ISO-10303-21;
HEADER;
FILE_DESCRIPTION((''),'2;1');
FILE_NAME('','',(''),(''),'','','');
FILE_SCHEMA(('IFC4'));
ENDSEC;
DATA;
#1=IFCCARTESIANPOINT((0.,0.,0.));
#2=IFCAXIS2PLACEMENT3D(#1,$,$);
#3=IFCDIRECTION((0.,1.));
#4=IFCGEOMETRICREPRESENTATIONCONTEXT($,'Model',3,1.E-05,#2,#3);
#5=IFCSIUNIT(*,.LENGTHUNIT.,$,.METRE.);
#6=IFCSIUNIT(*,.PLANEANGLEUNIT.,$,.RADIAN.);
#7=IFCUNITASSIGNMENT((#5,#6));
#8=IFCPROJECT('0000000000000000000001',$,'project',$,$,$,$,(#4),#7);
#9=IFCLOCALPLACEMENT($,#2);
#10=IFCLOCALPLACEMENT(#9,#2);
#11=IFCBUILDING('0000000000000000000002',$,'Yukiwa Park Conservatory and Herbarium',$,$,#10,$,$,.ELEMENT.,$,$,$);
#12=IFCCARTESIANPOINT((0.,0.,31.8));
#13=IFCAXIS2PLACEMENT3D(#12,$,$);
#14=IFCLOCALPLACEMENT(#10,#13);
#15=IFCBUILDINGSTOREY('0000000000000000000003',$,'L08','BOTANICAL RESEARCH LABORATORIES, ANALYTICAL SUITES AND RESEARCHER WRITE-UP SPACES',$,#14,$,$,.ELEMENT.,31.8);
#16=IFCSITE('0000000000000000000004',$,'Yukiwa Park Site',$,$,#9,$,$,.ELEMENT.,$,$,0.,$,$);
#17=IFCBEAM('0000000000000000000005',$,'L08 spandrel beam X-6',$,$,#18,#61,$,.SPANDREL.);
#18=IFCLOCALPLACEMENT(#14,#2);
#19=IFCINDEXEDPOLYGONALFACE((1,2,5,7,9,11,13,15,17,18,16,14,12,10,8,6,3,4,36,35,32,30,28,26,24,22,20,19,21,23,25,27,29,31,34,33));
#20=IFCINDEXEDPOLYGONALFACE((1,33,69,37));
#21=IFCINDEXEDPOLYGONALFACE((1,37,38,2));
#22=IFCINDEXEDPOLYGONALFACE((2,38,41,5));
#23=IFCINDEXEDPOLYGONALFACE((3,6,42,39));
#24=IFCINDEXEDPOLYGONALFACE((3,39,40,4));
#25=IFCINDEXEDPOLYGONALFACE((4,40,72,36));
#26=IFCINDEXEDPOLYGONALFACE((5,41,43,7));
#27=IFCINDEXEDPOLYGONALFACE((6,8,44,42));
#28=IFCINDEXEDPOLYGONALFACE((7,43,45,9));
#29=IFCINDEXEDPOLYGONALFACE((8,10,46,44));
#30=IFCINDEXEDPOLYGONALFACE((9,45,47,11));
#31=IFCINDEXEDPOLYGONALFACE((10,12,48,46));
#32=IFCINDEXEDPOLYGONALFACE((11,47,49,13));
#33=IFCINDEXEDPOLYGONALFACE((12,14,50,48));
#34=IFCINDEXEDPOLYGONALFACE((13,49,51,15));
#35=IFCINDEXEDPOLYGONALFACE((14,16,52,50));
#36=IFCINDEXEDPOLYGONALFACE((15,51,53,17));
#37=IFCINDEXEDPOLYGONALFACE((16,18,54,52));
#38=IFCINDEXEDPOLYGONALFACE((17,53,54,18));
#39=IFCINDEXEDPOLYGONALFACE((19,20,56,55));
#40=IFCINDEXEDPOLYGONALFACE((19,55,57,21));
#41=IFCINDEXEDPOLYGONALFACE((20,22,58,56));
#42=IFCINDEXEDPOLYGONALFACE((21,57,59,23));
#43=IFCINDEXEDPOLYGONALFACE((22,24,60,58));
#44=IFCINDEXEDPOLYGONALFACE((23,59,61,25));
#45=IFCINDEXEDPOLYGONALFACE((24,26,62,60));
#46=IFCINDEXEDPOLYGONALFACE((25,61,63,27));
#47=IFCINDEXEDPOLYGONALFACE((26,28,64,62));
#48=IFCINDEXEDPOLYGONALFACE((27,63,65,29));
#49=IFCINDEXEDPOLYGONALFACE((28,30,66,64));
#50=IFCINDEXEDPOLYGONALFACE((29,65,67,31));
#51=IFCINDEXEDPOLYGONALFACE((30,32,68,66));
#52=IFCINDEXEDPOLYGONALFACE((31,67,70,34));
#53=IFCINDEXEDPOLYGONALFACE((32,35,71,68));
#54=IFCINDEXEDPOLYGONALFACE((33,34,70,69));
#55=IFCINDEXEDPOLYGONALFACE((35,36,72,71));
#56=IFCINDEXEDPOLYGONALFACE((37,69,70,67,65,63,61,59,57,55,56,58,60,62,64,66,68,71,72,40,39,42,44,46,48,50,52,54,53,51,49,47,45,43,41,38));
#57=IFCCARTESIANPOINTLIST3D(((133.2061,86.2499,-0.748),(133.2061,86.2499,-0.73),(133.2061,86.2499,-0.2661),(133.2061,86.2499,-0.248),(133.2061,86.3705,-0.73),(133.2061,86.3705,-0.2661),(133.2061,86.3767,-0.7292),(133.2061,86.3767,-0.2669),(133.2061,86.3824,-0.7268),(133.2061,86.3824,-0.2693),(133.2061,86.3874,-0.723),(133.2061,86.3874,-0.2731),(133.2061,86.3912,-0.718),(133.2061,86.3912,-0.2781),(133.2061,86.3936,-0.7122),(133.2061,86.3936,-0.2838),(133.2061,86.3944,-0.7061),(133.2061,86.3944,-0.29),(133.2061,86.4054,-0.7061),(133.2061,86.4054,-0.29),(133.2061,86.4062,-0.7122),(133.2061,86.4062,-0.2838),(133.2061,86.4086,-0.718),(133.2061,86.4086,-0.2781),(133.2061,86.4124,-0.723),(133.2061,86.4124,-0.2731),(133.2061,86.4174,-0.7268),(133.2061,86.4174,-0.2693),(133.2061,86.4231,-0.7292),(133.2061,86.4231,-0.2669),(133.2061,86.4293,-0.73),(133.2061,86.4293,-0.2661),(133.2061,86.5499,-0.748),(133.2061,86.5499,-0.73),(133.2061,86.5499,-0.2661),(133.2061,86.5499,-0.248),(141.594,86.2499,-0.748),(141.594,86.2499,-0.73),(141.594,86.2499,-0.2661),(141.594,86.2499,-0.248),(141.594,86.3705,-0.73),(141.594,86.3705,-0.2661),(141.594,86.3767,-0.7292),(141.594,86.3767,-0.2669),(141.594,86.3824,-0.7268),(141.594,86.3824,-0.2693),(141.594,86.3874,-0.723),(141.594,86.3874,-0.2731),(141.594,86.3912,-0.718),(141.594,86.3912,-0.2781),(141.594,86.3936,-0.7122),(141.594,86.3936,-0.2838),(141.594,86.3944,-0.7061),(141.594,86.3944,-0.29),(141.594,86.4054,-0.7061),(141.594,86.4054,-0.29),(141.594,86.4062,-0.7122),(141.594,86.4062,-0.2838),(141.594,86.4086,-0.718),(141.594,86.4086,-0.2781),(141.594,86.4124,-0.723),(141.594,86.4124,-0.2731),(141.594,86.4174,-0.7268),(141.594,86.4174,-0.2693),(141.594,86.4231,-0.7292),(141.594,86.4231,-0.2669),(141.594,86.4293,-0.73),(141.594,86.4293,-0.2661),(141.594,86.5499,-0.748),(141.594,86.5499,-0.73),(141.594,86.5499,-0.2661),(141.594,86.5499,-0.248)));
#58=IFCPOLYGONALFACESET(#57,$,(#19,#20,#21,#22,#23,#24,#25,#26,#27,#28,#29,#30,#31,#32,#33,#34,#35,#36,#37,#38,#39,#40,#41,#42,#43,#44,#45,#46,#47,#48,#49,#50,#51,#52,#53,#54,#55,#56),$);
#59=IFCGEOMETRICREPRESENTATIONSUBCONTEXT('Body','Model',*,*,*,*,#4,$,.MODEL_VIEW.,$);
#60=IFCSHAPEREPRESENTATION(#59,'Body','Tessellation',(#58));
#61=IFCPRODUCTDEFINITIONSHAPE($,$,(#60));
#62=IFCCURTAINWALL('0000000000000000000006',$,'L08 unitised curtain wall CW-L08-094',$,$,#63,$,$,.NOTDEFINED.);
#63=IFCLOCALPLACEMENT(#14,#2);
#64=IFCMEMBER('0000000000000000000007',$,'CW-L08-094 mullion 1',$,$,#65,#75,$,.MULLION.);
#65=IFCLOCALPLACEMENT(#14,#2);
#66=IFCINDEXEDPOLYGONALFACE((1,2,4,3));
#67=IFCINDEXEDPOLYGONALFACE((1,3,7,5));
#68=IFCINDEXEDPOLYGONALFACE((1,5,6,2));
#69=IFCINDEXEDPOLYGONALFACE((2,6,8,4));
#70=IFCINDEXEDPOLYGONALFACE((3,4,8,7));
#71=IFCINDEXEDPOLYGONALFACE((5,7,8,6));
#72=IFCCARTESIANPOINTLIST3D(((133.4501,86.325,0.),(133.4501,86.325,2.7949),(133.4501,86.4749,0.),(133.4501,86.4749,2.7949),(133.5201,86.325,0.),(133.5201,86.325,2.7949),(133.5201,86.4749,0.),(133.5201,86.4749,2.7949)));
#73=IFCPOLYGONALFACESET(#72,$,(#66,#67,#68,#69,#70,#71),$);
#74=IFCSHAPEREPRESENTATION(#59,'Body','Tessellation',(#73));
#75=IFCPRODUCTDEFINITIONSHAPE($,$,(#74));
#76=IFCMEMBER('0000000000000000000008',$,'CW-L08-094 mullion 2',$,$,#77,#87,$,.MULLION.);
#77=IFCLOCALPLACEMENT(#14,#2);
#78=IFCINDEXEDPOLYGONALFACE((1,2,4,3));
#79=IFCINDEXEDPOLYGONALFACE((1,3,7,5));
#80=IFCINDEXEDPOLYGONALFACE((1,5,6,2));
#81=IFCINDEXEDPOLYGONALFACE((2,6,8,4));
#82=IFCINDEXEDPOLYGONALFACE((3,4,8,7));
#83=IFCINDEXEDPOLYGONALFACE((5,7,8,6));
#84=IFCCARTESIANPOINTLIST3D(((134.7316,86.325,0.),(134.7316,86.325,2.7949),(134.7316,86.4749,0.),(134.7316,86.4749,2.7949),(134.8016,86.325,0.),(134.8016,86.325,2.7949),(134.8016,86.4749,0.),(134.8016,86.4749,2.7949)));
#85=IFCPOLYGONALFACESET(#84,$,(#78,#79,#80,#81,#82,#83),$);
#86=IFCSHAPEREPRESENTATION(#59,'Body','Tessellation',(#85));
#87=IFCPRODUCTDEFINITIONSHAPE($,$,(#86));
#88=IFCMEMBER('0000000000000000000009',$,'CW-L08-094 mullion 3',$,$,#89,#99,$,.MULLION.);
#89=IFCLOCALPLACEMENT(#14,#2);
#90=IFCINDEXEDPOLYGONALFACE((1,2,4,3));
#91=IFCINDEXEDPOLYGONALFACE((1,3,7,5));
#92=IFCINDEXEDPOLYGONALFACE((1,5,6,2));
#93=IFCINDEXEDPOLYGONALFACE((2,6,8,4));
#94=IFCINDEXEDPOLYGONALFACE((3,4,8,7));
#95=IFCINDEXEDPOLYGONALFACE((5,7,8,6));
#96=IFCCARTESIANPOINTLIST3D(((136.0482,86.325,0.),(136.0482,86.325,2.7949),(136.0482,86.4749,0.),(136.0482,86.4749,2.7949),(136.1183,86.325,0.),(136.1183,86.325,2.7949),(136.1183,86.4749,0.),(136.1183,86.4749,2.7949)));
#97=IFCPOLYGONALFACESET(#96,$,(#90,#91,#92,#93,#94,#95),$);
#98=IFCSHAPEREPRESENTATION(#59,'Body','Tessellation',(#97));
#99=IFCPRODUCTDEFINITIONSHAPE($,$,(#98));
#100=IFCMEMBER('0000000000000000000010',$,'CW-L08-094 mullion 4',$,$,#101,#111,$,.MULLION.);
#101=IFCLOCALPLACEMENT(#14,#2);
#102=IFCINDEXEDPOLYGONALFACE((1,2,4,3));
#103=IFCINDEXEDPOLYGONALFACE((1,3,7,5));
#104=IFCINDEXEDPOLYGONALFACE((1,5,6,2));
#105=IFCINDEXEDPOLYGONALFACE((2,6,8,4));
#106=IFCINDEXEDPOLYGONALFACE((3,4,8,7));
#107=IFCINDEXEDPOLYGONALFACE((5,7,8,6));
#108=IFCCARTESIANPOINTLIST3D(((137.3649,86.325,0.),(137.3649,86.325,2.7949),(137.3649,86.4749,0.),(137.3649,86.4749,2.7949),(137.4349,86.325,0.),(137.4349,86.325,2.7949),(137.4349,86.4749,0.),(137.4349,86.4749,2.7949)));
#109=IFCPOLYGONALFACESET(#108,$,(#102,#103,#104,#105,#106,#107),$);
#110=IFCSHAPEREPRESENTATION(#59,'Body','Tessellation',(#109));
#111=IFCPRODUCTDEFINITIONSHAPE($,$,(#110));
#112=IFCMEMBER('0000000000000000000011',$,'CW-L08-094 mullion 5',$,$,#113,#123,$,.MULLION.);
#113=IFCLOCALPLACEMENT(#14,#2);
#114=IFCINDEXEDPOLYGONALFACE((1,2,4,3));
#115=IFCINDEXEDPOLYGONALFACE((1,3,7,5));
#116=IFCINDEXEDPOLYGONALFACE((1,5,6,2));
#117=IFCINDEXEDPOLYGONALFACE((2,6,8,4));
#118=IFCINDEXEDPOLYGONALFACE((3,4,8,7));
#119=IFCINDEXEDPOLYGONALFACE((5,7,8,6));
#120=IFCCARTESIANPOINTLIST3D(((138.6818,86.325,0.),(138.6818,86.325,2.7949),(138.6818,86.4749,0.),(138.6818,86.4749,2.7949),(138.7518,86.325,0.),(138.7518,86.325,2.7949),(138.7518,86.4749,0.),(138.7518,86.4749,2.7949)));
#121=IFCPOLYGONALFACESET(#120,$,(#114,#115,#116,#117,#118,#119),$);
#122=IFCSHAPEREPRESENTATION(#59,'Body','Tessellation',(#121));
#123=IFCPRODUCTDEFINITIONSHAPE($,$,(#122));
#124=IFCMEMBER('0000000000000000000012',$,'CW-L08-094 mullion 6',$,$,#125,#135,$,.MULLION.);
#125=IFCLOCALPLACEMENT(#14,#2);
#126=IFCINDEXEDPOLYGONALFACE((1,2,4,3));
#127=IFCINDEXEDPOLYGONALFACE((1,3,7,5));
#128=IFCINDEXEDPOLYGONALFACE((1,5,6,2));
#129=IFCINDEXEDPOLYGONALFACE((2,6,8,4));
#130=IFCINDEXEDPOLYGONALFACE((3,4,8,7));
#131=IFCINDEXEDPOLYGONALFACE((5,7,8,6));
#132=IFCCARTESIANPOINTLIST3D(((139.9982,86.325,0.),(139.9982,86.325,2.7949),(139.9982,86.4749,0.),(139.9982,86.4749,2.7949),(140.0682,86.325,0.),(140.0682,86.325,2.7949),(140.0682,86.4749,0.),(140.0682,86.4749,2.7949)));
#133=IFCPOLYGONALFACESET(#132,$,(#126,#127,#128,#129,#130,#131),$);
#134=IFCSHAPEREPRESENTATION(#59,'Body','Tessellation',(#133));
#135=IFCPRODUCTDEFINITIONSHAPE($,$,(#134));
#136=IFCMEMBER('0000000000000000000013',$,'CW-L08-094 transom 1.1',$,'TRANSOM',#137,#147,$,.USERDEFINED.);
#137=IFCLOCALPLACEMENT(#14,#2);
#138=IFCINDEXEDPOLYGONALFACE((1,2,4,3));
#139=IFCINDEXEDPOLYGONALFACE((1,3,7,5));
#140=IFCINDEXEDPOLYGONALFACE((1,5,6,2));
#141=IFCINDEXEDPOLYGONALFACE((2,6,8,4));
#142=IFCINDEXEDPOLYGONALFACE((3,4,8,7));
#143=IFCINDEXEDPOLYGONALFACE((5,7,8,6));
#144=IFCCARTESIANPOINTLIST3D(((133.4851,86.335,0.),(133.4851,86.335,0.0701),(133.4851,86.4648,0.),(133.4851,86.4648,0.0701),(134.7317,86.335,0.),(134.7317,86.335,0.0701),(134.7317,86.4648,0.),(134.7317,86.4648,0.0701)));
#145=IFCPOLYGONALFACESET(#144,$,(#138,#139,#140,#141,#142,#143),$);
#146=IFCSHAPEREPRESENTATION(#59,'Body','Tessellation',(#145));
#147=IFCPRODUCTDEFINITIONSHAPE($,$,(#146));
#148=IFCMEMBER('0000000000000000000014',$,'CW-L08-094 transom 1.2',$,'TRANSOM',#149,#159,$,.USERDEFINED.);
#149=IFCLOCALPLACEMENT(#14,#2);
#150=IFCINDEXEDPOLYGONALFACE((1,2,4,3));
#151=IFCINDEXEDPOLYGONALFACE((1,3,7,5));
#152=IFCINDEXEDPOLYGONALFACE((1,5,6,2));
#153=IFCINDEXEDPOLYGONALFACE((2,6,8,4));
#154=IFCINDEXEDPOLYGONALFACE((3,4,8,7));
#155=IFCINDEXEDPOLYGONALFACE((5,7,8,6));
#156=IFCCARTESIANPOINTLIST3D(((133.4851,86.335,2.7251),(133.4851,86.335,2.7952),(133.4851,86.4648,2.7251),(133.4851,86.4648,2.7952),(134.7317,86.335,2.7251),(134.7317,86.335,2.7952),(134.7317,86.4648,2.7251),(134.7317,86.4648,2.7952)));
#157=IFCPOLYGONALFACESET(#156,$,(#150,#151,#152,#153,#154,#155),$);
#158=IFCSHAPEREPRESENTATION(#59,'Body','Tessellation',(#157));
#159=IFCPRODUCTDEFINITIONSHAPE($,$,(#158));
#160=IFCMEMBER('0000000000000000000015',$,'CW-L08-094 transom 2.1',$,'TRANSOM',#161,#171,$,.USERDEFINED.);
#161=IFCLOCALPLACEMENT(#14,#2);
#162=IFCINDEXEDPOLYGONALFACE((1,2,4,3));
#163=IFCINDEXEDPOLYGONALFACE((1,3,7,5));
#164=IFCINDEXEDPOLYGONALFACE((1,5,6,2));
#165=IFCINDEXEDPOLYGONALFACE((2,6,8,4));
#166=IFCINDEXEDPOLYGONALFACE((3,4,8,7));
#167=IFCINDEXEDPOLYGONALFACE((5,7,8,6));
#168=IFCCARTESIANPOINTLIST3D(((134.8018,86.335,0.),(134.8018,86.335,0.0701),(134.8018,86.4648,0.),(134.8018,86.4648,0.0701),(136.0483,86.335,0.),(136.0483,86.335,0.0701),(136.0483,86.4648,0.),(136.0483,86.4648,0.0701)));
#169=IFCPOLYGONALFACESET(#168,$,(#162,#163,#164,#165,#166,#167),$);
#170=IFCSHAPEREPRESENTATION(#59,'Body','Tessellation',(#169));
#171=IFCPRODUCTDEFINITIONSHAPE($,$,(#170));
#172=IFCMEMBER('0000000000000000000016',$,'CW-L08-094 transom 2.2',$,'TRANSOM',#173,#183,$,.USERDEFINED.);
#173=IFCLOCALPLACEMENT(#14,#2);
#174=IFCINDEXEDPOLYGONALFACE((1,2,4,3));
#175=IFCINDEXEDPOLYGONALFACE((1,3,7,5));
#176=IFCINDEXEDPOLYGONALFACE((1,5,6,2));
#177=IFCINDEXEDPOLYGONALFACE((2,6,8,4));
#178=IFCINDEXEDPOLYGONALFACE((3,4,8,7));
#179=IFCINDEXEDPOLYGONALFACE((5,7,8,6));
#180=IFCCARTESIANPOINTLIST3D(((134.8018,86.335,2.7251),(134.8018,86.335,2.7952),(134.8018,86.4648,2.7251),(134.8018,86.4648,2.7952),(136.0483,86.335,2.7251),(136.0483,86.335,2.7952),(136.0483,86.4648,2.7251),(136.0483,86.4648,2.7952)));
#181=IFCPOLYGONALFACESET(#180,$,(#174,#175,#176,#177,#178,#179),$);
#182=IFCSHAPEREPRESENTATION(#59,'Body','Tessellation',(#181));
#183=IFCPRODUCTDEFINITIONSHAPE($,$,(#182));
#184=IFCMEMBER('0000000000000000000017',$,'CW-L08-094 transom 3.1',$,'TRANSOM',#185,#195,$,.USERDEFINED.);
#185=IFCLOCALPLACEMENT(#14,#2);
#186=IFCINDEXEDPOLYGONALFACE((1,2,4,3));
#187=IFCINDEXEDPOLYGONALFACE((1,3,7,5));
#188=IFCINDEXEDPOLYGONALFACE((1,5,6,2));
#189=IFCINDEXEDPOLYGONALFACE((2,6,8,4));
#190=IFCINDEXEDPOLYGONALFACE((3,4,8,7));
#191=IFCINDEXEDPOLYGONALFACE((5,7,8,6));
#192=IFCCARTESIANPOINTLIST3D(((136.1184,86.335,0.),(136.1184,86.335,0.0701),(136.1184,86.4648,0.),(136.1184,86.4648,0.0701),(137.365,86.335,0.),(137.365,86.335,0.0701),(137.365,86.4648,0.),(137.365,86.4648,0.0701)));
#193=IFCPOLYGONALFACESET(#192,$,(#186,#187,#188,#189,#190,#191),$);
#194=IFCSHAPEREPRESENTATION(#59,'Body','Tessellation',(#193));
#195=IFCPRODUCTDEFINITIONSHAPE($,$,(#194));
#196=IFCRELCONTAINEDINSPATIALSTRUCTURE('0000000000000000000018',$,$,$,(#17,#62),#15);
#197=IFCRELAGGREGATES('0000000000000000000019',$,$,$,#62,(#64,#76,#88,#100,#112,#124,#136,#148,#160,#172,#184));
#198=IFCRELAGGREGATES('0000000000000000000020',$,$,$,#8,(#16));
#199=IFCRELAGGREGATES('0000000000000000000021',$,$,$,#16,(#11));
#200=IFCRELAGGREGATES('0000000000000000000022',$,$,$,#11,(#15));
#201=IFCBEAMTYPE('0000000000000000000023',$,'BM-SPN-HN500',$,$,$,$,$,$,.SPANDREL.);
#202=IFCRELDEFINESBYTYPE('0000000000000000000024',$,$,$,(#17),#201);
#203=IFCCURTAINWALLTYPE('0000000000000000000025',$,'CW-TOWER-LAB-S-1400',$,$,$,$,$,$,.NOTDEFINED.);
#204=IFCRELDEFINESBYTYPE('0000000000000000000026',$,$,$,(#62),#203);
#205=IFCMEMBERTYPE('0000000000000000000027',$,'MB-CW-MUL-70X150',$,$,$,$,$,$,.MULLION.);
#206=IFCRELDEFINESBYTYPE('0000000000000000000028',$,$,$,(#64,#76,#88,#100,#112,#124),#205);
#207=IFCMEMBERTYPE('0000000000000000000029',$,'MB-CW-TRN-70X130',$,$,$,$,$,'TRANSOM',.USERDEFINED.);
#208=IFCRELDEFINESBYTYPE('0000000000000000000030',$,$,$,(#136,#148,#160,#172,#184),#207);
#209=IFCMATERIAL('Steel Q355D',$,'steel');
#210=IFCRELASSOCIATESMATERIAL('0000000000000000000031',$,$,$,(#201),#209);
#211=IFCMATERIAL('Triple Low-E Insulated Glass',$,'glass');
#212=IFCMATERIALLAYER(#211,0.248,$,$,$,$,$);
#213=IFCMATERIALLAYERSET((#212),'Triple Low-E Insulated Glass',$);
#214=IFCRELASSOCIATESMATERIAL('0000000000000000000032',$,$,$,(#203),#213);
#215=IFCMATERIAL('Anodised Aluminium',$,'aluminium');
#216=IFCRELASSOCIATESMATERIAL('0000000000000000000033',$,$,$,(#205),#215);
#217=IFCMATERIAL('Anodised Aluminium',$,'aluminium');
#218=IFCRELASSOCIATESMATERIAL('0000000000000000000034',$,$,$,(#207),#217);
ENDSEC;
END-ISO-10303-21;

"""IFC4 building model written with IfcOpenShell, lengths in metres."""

from ifc_helpers import new_model, si_unit, direction, frame, origin, origin_2d, place, context, subcontext, project, spatial, rectangle, i_section, extrude, material, layer, layer_set, material_profile, profile_set, type_object, element, aggregate, save


model = new_model("IFC4")

# Units and contexts
model_context = context("Model", 3, precision=1e-05, world=origin(), true_north=direction((0.0, 1.0)))
body_context = subcontext(model_context, "Body", "Model", "MODEL_VIEW")
ifc_project = project(units=[si_unit("LENGTHUNIT", "METRE"), si_unit("PLANEANGLEUNIT", "RADIAN")], contexts=[model_context])

# Site, building, storey
site_placement = place(None, origin())
site = spatial("IfcSite", under=ifc_project, at=site_placement, Name="Yukiwa Park Site", CompositionType="ELEMENT", RefElevation=0.0)
building_placement = place(site_placement, origin())
building = spatial("IfcBuilding", under=site, at=building_placement, Name="Yukiwa Park Conservatory and Herbarium", CompositionType="ELEMENT")
storey_placement = place(building_placement, frame((0.0, 0.0, 31.8)))
storey = spatial("IfcBuildingStorey", under=building, at=storey_placement, Name="L08", Description="BOTANICAL RESEARCH LABORATORIES, ANALYTICAL SUITES AND RESEARCHER WRITE-UP SPACES", CompositionType="ELEMENT", Elevation=31.8)

# Beam
ifc_material_1 = material(Name="Steel Q355D", Category="steel")
ifc_material_profile = material_profile(ifc_material_1, i_section(OverallWidth=0.3, OverallDepth=0.5, WebThickness=0.011, FlangeThickness=0.0181, FilletRadius=0.0239, at=origin_2d()), Name="HM 500x300x11x18")
ifc_profile_set = profile_set([ifc_material_profile], Name="Steel Q355D")
beam_type = type_object("IfcBeamType", Name="BM-SPN-HN500", PredefinedType="SPANDREL", material=ifc_profile_set)
beam_placement = place(storey_placement, frame((133.2061, 86.3999, -0.498), z_axis=(1.0, 0.0, 0.0), x_axis=(0.0, 1.0, 0.0)))
element("IfcBeam", 1, at=beam_placement, inside=storey, type_object=beam_type, Name="L08 spandrel beam X-6", PredefinedType="SPANDREL", context=body_context, shape_type="SweptSolid", body=[
    extrude(i_section(OverallWidth=0.3, OverallDepth=0.5, WebThickness=0.011, FlangeThickness=0.0181, FilletRadius=0.0239, at=origin_2d()), origin(), (0.0, 0.0, 1.0), 8.3879),
])

# Curtain wall, members
ifc_material_2 = material(Name="Triple Low-E Insulated Glass", Category="glass")
ifc_layer_1 = layer(ifc_material_2, 0.248)
ifc_layer_set_1 = layer_set([ifc_layer_1], Name="Triple Low-E Insulated Glass")
curtain_wall_type = type_object("IfcCurtainWallType", Name="CW-TOWER-LAB-S-1400", PredefinedType="NOTDEFINED", material=ifc_layer_set_1)
curtain_wall_placement = place(storey_placement, origin())
curtain_wall = element("IfcCurtainWall", 2, at=curtain_wall_placement, inside=storey, type_object=curtain_wall_type, Name="L08 unitised curtain wall CW-L08-094", PredefinedType="NOTDEFINED")
ifc_material_3 = material(Name="Anodised Aluminium", Category="aluminium")
member_type_1 = type_object("IfcMemberType", Name="MB-CW-MUL-70X150", PredefinedType="MULLION", material=ifc_material_3)
member_1_placement = place(storey_placement, frame((133.4851, 86.3999, 0.0), z_axis=(0.0, 0.0, 1.0), x_axis=(1.0, 0.0, 0.0)))
member_1 = element("IfcMember", 3, at=member_1_placement, type_object=member_type_1, Name="CW-L08-094 mullion 1", PredefinedType="MULLION", context=body_context, shape_type="SweptSolid", body=[
    extrude(rectangle(XDim=0.0701, YDim=0.1499, at=origin_2d()), origin(), (0.0, 0.0, 1.0), 2.7949),
])
member_2_placement = place(storey_placement, frame((134.7666, 86.3999, 0.0), z_axis=(0.0, 0.0, 1.0), x_axis=(1.0, 0.0, 0.0)))
member_2 = element("IfcMember", 4, at=member_2_placement, type_object=member_type_1, Name="CW-L08-094 mullion 2", PredefinedType="MULLION", context=body_context, shape_type="SweptSolid", body=[
    extrude(rectangle(XDim=0.0701, YDim=0.1499, at=origin_2d()), origin(), (0.0, 0.0, 1.0), 2.7949),
])
member_3_placement = place(storey_placement, frame((136.0833, 86.3999, 0.0), z_axis=(0.0, 0.0, 1.0), x_axis=(1.0, 0.0, 0.0)))
member_3 = element("IfcMember", 5, at=member_3_placement, type_object=member_type_1, Name="CW-L08-094 mullion 3", PredefinedType="MULLION", context=body_context, shape_type="SweptSolid", body=[
    extrude(rectangle(XDim=0.0701, YDim=0.1499, at=origin_2d()), origin(), (0.0, 0.0, 1.0), 2.7949),
])
member_4_placement = place(storey_placement, frame((137.3999, 86.3999, 0.0), z_axis=(0.0, 0.0, 1.0), x_axis=(1.0, 0.0, 0.0)))
member_4 = element("IfcMember", 6, at=member_4_placement, type_object=member_type_1, Name="CW-L08-094 mullion 4", PredefinedType="MULLION", context=body_context, shape_type="SweptSolid", body=[
    extrude(rectangle(XDim=0.0701, YDim=0.1499, at=origin_2d()), origin(), (0.0, 0.0, 1.0), 2.7949),
])
member_5_placement = place(storey_placement, frame((138.7168, 86.3999, 0.0), z_axis=(0.0, 0.0, 1.0), x_axis=(1.0, 0.0, 0.0)))
member_5 = element("IfcMember", 7, at=member_5_placement, type_object=member_type_1, Name="CW-L08-094 mullion 5", PredefinedType="MULLION", context=body_context, shape_type="SweptSolid", body=[
    extrude(rectangle(XDim=0.0701, YDim=0.1499, at=origin_2d()), origin(), (0.0, 0.0, 1.0), 2.7949),
])
member_6_placement = place(storey_placement, frame((140.0332, 86.3999, 0.0), z_axis=(0.0, 0.0, 1.0), x_axis=(1.0, 0.0, 0.0)))
member_6 = element("IfcMember", 8, at=member_6_placement, type_object=member_type_1, Name="CW-L08-094 mullion 6", PredefinedType="MULLION", context=body_context, shape_type="SweptSolid", body=[
    extrude(rectangle(XDim=0.0701, YDim=0.1499, at=origin_2d()), origin(), (0.0, 0.0, 1.0), 2.7949),
])
ifc_material_4 = material(Name="Anodised Aluminium", Category="aluminium")
member_type_2 = type_object("IfcMemberType", Name="MB-CW-TRN-70X130", ElementType="TRANSOM", PredefinedType="USERDEFINED", material=ifc_material_4)
member_7_placement = place(storey_placement, frame((134.1084, 86.3999, 0.0), z_axis=(0.0, 0.0, 1.0), x_axis=(1.0, 0.0, 0.0)))
member_7 = element("IfcMember", 9, at=member_7_placement, type_object=member_type_2, Name="CW-L08-094 transom 1.1", ObjectType="TRANSOM", PredefinedType="USERDEFINED", context=body_context, shape_type="SweptSolid", body=[
    extrude(rectangle(XDim=1.2466, YDim=0.1299, at=origin_2d()), origin(), (0.0, 0.0, 1.0), 0.0701),
])
member_8_placement = place(storey_placement, frame((134.1084, 86.3999, 2.7251), z_axis=(0.0, 0.0, 1.0), x_axis=(1.0, 0.0, 0.0)))
member_8 = element("IfcMember", 10, at=member_8_placement, type_object=member_type_2, Name="CW-L08-094 transom 1.2", ObjectType="TRANSOM", PredefinedType="USERDEFINED", context=body_context, shape_type="SweptSolid", body=[
    extrude(rectangle(XDim=1.2466, YDim=0.1299, at=origin_2d()), origin(), (0.0, 0.0, 1.0), 0.0701),
])
member_9_placement = place(storey_placement, frame((135.425, 86.3999, 0.0), z_axis=(0.0, 0.0, 1.0), x_axis=(1.0, 0.0, 0.0)))
member_9 = element("IfcMember", 11, at=member_9_placement, type_object=member_type_2, Name="CW-L08-094 transom 2.1", ObjectType="TRANSOM", PredefinedType="USERDEFINED", context=body_context, shape_type="SweptSolid", body=[
    extrude(rectangle(XDim=1.2466, YDim=0.1299, at=origin_2d()), origin(), (0.0, 0.0, 1.0), 0.0701),
])
member_10_placement = place(storey_placement, frame((135.425, 86.3999, 2.7251), z_axis=(0.0, 0.0, 1.0), x_axis=(1.0, 0.0, 0.0)))
member_10 = element("IfcMember", 12, at=member_10_placement, type_object=member_type_2, Name="CW-L08-094 transom 2.2", ObjectType="TRANSOM", PredefinedType="USERDEFINED", context=body_context, shape_type="SweptSolid", body=[
    extrude(rectangle(XDim=1.2466, YDim=0.1299, at=origin_2d()), origin(), (0.0, 0.0, 1.0), 0.0701),
])
member_11_placement = place(storey_placement, frame((136.7417, 86.3999, 0.0), z_axis=(0.0, 0.0, 1.0), x_axis=(1.0, 0.0, 0.0)))
member_11 = element("IfcMember", 13, at=member_11_placement, type_object=member_type_2, Name="CW-L08-094 transom 3.1", ObjectType="TRANSOM", PredefinedType="USERDEFINED", context=body_context, shape_type="SweptSolid", body=[
    extrude(rectangle(XDim=1.2466, YDim=0.1299, at=origin_2d()), origin(), (0.0, 0.0, 1.0), 0.0701),
])
aggregate(curtain_wall, [member_1, member_2, member_3, member_4, member_5, member_6, member_7, member_8, member_9, member_10, member_11])

save(model, "model.ifc")
